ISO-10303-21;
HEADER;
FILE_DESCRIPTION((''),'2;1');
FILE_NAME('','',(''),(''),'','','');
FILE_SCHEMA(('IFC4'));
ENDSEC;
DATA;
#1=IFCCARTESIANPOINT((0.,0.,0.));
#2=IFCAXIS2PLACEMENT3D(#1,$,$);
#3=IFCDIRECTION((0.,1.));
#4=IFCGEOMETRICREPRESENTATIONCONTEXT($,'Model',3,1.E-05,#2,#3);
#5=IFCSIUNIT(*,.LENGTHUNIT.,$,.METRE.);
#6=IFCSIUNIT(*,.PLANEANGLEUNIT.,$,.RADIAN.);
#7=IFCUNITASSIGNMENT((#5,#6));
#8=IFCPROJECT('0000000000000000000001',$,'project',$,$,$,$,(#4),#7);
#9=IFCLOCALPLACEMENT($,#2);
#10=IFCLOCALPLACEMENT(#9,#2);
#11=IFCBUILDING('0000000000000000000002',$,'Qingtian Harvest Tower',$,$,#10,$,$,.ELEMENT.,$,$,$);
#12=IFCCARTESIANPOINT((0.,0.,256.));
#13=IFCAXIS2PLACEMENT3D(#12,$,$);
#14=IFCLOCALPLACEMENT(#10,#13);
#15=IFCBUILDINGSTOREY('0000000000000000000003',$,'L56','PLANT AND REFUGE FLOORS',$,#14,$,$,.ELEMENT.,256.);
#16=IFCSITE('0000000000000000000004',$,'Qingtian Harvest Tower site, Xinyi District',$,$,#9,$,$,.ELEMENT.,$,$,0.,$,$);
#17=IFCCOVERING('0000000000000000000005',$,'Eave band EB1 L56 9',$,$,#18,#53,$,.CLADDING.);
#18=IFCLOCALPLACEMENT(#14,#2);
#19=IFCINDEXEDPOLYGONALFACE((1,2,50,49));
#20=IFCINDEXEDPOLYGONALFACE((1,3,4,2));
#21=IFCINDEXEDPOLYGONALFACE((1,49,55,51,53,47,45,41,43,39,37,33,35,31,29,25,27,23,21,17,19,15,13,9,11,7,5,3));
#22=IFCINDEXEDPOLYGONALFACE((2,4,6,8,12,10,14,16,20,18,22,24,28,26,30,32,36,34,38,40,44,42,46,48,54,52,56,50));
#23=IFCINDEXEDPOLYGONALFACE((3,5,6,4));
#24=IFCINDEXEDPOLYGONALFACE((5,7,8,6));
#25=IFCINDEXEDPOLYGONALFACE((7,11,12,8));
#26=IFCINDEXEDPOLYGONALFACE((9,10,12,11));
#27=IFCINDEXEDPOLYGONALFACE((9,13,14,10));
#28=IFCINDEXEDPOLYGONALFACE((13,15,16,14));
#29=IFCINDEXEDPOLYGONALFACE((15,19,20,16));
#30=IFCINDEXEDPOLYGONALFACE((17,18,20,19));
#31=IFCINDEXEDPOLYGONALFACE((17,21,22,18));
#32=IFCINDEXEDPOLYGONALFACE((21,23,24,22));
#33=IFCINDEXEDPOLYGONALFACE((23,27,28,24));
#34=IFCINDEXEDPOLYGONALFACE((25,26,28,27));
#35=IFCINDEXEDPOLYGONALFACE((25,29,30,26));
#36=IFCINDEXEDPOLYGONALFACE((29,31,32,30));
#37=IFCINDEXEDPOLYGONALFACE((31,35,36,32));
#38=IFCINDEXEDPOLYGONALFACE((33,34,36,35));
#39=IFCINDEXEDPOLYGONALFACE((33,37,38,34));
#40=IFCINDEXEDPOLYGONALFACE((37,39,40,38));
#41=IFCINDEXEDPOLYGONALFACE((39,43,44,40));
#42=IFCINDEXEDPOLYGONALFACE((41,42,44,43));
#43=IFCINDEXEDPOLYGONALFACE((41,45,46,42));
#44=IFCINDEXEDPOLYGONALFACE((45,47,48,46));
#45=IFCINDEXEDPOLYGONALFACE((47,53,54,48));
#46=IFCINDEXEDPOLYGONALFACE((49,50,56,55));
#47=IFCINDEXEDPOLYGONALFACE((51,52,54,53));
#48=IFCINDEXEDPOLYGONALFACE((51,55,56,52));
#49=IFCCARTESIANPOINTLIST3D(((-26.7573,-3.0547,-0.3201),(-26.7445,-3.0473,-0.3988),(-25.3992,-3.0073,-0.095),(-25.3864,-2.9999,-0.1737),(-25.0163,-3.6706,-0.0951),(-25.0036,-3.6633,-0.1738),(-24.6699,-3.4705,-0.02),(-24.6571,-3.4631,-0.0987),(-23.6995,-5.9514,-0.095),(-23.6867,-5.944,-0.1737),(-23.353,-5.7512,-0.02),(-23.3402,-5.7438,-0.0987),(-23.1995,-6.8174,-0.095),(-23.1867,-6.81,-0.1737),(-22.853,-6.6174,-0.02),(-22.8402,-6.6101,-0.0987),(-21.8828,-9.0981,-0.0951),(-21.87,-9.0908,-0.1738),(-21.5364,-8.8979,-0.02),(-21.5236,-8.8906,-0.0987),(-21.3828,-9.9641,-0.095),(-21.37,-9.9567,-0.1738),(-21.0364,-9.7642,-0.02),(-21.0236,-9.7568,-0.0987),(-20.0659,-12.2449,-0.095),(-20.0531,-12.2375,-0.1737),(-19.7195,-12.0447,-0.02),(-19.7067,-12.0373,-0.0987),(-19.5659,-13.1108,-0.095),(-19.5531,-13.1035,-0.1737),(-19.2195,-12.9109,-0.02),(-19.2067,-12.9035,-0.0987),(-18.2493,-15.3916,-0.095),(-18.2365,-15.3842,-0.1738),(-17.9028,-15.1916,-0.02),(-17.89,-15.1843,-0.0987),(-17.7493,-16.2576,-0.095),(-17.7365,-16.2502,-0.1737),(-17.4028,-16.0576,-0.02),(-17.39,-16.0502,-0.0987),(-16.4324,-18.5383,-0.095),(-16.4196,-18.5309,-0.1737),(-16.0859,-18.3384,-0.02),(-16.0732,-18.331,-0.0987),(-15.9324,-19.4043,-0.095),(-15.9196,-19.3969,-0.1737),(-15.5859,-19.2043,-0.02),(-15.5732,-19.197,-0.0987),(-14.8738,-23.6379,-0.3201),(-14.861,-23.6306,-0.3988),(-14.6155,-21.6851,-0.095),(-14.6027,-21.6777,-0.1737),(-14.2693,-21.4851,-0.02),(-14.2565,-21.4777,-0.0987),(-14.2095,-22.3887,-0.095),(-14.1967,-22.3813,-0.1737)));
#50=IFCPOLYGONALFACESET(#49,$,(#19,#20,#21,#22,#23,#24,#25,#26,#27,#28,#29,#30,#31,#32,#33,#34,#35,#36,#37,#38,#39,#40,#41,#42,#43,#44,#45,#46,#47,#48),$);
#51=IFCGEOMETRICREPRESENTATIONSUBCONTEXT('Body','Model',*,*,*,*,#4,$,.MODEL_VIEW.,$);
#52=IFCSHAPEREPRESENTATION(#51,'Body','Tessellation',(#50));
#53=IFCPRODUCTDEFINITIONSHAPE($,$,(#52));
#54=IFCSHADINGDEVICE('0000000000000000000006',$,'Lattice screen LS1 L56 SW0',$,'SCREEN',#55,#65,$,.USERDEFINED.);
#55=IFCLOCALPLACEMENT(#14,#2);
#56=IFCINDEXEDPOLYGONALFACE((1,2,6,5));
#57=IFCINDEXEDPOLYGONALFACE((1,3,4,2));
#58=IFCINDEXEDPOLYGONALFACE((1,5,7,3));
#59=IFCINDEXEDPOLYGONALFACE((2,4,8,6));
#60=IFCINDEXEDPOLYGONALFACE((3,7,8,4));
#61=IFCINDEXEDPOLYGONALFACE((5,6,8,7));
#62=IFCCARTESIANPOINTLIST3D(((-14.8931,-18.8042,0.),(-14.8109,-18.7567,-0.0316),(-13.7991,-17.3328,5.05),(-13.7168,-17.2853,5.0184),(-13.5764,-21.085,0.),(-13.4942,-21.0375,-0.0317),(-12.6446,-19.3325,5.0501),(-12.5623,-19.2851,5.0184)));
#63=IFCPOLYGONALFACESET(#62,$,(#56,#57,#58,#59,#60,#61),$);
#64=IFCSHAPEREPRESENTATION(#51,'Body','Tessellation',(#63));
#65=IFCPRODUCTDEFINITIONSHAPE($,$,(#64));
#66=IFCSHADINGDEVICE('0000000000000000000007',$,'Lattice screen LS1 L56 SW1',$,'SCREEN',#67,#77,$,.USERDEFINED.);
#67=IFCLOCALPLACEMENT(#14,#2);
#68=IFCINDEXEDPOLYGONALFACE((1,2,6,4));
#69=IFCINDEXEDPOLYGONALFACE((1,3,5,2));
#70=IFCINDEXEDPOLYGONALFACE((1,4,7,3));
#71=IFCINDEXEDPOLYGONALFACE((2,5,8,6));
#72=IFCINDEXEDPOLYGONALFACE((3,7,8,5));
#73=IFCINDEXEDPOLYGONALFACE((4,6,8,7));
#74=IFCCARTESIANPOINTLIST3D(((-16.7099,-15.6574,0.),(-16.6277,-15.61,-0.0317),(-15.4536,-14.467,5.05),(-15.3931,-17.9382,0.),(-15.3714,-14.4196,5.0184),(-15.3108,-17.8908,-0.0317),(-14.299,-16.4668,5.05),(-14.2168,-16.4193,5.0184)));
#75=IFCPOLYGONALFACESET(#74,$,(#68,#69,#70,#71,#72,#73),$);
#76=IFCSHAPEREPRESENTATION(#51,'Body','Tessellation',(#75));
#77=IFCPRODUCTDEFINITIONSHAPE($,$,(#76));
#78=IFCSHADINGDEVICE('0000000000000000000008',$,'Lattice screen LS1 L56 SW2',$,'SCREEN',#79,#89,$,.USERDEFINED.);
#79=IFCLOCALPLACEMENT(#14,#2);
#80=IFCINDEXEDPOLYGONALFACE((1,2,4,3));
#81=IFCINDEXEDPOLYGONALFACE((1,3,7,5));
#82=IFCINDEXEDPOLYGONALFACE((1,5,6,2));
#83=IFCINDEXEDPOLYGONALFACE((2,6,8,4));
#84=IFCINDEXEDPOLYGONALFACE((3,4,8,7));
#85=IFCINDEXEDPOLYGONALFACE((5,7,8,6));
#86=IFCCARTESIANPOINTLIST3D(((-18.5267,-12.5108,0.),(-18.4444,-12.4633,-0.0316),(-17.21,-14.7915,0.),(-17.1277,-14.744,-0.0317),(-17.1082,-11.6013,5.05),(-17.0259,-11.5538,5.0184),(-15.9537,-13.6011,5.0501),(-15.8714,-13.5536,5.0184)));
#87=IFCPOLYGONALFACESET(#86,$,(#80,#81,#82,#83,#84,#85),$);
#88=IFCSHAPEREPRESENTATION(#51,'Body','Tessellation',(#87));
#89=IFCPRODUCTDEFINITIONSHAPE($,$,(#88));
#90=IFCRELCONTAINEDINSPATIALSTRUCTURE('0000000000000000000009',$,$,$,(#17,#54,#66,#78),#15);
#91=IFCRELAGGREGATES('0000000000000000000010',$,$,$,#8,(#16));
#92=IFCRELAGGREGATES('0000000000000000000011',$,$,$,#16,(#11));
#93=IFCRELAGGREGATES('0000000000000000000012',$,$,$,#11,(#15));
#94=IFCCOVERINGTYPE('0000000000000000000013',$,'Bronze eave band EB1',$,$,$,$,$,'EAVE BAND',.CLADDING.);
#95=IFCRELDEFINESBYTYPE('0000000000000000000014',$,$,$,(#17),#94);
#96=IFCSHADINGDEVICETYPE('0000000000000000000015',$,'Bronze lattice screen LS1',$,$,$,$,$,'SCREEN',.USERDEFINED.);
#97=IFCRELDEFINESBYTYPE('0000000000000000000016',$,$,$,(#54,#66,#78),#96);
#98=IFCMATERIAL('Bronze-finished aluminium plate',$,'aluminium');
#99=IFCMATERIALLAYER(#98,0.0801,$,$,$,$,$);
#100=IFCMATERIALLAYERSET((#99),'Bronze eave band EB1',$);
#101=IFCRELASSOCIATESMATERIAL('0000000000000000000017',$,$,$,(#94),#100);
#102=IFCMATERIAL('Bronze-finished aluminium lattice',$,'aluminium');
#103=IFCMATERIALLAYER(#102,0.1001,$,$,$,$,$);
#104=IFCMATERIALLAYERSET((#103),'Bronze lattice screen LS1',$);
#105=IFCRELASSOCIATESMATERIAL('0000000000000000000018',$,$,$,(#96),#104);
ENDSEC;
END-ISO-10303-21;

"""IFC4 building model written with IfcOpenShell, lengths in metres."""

from ifc_helpers import new_model, si_unit, direction, frame, origin, place, context, subcontext, project, spatial, polyline, outline, extrude, material, layer, layer_set, type_object, element, save


model = new_model("IFC4")

# Units and contexts
model_context = context("Model", 3, precision=1e-05, world=origin(), true_north=direction((0.0, 1.0)))
body_context = subcontext(model_context, "Body", "Model", "MODEL_VIEW")
ifc_project = project(units=[si_unit("LENGTHUNIT", "METRE"), si_unit("PLANEANGLEUNIT", "RADIAN")], contexts=[model_context])

# Site, building, storey
site_placement = place(None, origin())
site = spatial("IfcSite", under=ifc_project, at=site_placement, Name="Qingtian Harvest Tower site, Xinyi District", CompositionType="ELEMENT", RefElevation=0.0)
building_placement = place(site_placement, origin())
building = spatial("IfcBuilding", under=site, at=building_placement, Name="Qingtian Harvest Tower", CompositionType="ELEMENT")
storey_placement = place(building_placement, frame((0.0, 0.0, 256.0)))
storey = spatial("IfcBuildingStorey", under=building, at=storey_placement, Name="L56", Description="PLANT AND REFUGE FLOORS", CompositionType="ELEMENT", Elevation=256.0)

# Covering
ifc_material_1 = material(Name="Bronze-finished aluminium plate", Category="aluminium")
ifc_layer_1 = layer(ifc_material_1, 0.0801)
ifc_layer_set_1 = layer_set([ifc_layer_1], Name="Bronze eave band EB1")
covering_type = type_object("IfcCoveringType", Name="Bronze eave band EB1", ElementType="EAVE BAND", PredefinedType="CLADDING", material=ifc_layer_set_1)
covering_placement = place(storey_placement, frame((-14.2693, -21.4851, -0.02), z_axis=(-0.159644, -0.092169, 0.982863), x_axis=(-0.851101, -0.491574, -0.18434)))
element("IfcCovering", 1, at=covering_placement, inside=storey, type_object=covering_type, Name="Eave band EB1 L56 9", PredefinedType="CLADDING", context=body_context, shape_type="SweptSolid", body=[
    extrude(outline(polyline([(0.0, 0.0), (0.4068, 0.0), (0.4071, 0.8123), (1.6281, 1.5619), (1.624, -22.2055), (0.4033, -21.5672), (0.4035, -20.8014), (-0.0035, -20.8015), (-0.0032, -18.1678), (0.4039, -18.1677), (0.404, -17.1678), (-0.0029, -17.1677), (-0.0025, -14.5343), (0.4046, -14.5343), (0.4047, -13.5343), (-0.0022, -13.5342), (-0.002, -10.9007), (0.4051, -10.9007), (0.4052, -9.9007), (-0.0017, -9.9006), (-0.0012, -7.2671), (0.4058, -7.2672), (0.4059, -6.2672), (-0.001, -6.2671), (-0.0007, -3.6335), (0.4063, -3.6336), (0.4064, -2.6336), (-0.0006, -2.6335), (0.0, 0.0)])), origin(), (0.0, 0.0, -1.0), 0.0801),
])

# Shading devices
ifc_material_2 = material(Name="Bronze-finished aluminium lattice", Category="aluminium")
ifc_layer_2 = layer(ifc_material_2, 0.1001)
ifc_layer_set_2 = layer_set([ifc_layer_2], Name="Bronze lattice screen LS1")
shading_device_type = type_object("IfcShadingDeviceType", Name="Bronze lattice screen LS1", ElementType="SCREEN", PredefinedType="USERDEFINED", material=ifc_layer_set_2)
shading_device_1_placement = place(storey_placement, frame((-13.5764, -21.085, 0.0), z_axis=(-0.821606, -0.474323, 0.316198), x_axis=(-0.499973, 0.866041, 0.000006)))
element("IfcShadingDevice", 2, at=shading_device_1_placement, inside=storey, type_object=shading_device_type, Name="Lattice screen LS1 L56 SW0", ObjectType="SCREEN", PredefinedType="USERDEFINED", context=body_context, shape_type="SweptSolid", body=[
    extrude(outline(polyline([(0.0, 0.0), (2.6335, 0.0), (3.3609, -5.3231), (1.0518, -5.3232), (0.0, 0.0)])), origin(), (0.0, 0.0, -1.0), 0.1001),
])
shading_device_2_placement = place(storey_placement, frame((-15.3931, -17.9382, 0.0), z_axis=(-0.821585, -0.474357, 0.316203), x_axis=(-0.500013, 0.866018, -0.000005)))
element("IfcShadingDevice", 3, at=shading_device_2_placement, inside=storey, type_object=shading_device_type, Name="Lattice screen LS1 L56 SW1", ObjectType="SCREEN", PredefinedType="USERDEFINED", context=body_context, shape_type="SweptSolid", body=[
    extrude(outline(polyline([(0.0, 0.0), (2.6336, 0.0), (3.0364, -5.3232), (0.7273, -5.3232), (0.0, 0.0)])), origin(), (0.0, 0.0, -1.0), 0.1001),
])
shading_device_3_placement = place(storey_placement, frame((-17.21, -14.7915, 0.0), z_axis=(-0.821606, -0.474322, 0.316199), x_axis=(-0.499973, 0.866041, 0.000006)))
element("IfcShadingDevice", 4, at=shading_device_3_placement, inside=storey, type_object=shading_device_type, Name="Lattice screen LS1 L56 SW2", ObjectType="SCREEN", PredefinedType="USERDEFINED", context=body_context, shape_type="SweptSolid", body=[
    extrude(outline(polyline([(0.0, 0.0), (2.6335, 0.0), (2.712, -5.3231), (0.4029, -5.3232), (0.0, 0.0)])), origin(), (0.0, 0.0, -1.0), 0.1001),
])

save(model, "model.ifc")
